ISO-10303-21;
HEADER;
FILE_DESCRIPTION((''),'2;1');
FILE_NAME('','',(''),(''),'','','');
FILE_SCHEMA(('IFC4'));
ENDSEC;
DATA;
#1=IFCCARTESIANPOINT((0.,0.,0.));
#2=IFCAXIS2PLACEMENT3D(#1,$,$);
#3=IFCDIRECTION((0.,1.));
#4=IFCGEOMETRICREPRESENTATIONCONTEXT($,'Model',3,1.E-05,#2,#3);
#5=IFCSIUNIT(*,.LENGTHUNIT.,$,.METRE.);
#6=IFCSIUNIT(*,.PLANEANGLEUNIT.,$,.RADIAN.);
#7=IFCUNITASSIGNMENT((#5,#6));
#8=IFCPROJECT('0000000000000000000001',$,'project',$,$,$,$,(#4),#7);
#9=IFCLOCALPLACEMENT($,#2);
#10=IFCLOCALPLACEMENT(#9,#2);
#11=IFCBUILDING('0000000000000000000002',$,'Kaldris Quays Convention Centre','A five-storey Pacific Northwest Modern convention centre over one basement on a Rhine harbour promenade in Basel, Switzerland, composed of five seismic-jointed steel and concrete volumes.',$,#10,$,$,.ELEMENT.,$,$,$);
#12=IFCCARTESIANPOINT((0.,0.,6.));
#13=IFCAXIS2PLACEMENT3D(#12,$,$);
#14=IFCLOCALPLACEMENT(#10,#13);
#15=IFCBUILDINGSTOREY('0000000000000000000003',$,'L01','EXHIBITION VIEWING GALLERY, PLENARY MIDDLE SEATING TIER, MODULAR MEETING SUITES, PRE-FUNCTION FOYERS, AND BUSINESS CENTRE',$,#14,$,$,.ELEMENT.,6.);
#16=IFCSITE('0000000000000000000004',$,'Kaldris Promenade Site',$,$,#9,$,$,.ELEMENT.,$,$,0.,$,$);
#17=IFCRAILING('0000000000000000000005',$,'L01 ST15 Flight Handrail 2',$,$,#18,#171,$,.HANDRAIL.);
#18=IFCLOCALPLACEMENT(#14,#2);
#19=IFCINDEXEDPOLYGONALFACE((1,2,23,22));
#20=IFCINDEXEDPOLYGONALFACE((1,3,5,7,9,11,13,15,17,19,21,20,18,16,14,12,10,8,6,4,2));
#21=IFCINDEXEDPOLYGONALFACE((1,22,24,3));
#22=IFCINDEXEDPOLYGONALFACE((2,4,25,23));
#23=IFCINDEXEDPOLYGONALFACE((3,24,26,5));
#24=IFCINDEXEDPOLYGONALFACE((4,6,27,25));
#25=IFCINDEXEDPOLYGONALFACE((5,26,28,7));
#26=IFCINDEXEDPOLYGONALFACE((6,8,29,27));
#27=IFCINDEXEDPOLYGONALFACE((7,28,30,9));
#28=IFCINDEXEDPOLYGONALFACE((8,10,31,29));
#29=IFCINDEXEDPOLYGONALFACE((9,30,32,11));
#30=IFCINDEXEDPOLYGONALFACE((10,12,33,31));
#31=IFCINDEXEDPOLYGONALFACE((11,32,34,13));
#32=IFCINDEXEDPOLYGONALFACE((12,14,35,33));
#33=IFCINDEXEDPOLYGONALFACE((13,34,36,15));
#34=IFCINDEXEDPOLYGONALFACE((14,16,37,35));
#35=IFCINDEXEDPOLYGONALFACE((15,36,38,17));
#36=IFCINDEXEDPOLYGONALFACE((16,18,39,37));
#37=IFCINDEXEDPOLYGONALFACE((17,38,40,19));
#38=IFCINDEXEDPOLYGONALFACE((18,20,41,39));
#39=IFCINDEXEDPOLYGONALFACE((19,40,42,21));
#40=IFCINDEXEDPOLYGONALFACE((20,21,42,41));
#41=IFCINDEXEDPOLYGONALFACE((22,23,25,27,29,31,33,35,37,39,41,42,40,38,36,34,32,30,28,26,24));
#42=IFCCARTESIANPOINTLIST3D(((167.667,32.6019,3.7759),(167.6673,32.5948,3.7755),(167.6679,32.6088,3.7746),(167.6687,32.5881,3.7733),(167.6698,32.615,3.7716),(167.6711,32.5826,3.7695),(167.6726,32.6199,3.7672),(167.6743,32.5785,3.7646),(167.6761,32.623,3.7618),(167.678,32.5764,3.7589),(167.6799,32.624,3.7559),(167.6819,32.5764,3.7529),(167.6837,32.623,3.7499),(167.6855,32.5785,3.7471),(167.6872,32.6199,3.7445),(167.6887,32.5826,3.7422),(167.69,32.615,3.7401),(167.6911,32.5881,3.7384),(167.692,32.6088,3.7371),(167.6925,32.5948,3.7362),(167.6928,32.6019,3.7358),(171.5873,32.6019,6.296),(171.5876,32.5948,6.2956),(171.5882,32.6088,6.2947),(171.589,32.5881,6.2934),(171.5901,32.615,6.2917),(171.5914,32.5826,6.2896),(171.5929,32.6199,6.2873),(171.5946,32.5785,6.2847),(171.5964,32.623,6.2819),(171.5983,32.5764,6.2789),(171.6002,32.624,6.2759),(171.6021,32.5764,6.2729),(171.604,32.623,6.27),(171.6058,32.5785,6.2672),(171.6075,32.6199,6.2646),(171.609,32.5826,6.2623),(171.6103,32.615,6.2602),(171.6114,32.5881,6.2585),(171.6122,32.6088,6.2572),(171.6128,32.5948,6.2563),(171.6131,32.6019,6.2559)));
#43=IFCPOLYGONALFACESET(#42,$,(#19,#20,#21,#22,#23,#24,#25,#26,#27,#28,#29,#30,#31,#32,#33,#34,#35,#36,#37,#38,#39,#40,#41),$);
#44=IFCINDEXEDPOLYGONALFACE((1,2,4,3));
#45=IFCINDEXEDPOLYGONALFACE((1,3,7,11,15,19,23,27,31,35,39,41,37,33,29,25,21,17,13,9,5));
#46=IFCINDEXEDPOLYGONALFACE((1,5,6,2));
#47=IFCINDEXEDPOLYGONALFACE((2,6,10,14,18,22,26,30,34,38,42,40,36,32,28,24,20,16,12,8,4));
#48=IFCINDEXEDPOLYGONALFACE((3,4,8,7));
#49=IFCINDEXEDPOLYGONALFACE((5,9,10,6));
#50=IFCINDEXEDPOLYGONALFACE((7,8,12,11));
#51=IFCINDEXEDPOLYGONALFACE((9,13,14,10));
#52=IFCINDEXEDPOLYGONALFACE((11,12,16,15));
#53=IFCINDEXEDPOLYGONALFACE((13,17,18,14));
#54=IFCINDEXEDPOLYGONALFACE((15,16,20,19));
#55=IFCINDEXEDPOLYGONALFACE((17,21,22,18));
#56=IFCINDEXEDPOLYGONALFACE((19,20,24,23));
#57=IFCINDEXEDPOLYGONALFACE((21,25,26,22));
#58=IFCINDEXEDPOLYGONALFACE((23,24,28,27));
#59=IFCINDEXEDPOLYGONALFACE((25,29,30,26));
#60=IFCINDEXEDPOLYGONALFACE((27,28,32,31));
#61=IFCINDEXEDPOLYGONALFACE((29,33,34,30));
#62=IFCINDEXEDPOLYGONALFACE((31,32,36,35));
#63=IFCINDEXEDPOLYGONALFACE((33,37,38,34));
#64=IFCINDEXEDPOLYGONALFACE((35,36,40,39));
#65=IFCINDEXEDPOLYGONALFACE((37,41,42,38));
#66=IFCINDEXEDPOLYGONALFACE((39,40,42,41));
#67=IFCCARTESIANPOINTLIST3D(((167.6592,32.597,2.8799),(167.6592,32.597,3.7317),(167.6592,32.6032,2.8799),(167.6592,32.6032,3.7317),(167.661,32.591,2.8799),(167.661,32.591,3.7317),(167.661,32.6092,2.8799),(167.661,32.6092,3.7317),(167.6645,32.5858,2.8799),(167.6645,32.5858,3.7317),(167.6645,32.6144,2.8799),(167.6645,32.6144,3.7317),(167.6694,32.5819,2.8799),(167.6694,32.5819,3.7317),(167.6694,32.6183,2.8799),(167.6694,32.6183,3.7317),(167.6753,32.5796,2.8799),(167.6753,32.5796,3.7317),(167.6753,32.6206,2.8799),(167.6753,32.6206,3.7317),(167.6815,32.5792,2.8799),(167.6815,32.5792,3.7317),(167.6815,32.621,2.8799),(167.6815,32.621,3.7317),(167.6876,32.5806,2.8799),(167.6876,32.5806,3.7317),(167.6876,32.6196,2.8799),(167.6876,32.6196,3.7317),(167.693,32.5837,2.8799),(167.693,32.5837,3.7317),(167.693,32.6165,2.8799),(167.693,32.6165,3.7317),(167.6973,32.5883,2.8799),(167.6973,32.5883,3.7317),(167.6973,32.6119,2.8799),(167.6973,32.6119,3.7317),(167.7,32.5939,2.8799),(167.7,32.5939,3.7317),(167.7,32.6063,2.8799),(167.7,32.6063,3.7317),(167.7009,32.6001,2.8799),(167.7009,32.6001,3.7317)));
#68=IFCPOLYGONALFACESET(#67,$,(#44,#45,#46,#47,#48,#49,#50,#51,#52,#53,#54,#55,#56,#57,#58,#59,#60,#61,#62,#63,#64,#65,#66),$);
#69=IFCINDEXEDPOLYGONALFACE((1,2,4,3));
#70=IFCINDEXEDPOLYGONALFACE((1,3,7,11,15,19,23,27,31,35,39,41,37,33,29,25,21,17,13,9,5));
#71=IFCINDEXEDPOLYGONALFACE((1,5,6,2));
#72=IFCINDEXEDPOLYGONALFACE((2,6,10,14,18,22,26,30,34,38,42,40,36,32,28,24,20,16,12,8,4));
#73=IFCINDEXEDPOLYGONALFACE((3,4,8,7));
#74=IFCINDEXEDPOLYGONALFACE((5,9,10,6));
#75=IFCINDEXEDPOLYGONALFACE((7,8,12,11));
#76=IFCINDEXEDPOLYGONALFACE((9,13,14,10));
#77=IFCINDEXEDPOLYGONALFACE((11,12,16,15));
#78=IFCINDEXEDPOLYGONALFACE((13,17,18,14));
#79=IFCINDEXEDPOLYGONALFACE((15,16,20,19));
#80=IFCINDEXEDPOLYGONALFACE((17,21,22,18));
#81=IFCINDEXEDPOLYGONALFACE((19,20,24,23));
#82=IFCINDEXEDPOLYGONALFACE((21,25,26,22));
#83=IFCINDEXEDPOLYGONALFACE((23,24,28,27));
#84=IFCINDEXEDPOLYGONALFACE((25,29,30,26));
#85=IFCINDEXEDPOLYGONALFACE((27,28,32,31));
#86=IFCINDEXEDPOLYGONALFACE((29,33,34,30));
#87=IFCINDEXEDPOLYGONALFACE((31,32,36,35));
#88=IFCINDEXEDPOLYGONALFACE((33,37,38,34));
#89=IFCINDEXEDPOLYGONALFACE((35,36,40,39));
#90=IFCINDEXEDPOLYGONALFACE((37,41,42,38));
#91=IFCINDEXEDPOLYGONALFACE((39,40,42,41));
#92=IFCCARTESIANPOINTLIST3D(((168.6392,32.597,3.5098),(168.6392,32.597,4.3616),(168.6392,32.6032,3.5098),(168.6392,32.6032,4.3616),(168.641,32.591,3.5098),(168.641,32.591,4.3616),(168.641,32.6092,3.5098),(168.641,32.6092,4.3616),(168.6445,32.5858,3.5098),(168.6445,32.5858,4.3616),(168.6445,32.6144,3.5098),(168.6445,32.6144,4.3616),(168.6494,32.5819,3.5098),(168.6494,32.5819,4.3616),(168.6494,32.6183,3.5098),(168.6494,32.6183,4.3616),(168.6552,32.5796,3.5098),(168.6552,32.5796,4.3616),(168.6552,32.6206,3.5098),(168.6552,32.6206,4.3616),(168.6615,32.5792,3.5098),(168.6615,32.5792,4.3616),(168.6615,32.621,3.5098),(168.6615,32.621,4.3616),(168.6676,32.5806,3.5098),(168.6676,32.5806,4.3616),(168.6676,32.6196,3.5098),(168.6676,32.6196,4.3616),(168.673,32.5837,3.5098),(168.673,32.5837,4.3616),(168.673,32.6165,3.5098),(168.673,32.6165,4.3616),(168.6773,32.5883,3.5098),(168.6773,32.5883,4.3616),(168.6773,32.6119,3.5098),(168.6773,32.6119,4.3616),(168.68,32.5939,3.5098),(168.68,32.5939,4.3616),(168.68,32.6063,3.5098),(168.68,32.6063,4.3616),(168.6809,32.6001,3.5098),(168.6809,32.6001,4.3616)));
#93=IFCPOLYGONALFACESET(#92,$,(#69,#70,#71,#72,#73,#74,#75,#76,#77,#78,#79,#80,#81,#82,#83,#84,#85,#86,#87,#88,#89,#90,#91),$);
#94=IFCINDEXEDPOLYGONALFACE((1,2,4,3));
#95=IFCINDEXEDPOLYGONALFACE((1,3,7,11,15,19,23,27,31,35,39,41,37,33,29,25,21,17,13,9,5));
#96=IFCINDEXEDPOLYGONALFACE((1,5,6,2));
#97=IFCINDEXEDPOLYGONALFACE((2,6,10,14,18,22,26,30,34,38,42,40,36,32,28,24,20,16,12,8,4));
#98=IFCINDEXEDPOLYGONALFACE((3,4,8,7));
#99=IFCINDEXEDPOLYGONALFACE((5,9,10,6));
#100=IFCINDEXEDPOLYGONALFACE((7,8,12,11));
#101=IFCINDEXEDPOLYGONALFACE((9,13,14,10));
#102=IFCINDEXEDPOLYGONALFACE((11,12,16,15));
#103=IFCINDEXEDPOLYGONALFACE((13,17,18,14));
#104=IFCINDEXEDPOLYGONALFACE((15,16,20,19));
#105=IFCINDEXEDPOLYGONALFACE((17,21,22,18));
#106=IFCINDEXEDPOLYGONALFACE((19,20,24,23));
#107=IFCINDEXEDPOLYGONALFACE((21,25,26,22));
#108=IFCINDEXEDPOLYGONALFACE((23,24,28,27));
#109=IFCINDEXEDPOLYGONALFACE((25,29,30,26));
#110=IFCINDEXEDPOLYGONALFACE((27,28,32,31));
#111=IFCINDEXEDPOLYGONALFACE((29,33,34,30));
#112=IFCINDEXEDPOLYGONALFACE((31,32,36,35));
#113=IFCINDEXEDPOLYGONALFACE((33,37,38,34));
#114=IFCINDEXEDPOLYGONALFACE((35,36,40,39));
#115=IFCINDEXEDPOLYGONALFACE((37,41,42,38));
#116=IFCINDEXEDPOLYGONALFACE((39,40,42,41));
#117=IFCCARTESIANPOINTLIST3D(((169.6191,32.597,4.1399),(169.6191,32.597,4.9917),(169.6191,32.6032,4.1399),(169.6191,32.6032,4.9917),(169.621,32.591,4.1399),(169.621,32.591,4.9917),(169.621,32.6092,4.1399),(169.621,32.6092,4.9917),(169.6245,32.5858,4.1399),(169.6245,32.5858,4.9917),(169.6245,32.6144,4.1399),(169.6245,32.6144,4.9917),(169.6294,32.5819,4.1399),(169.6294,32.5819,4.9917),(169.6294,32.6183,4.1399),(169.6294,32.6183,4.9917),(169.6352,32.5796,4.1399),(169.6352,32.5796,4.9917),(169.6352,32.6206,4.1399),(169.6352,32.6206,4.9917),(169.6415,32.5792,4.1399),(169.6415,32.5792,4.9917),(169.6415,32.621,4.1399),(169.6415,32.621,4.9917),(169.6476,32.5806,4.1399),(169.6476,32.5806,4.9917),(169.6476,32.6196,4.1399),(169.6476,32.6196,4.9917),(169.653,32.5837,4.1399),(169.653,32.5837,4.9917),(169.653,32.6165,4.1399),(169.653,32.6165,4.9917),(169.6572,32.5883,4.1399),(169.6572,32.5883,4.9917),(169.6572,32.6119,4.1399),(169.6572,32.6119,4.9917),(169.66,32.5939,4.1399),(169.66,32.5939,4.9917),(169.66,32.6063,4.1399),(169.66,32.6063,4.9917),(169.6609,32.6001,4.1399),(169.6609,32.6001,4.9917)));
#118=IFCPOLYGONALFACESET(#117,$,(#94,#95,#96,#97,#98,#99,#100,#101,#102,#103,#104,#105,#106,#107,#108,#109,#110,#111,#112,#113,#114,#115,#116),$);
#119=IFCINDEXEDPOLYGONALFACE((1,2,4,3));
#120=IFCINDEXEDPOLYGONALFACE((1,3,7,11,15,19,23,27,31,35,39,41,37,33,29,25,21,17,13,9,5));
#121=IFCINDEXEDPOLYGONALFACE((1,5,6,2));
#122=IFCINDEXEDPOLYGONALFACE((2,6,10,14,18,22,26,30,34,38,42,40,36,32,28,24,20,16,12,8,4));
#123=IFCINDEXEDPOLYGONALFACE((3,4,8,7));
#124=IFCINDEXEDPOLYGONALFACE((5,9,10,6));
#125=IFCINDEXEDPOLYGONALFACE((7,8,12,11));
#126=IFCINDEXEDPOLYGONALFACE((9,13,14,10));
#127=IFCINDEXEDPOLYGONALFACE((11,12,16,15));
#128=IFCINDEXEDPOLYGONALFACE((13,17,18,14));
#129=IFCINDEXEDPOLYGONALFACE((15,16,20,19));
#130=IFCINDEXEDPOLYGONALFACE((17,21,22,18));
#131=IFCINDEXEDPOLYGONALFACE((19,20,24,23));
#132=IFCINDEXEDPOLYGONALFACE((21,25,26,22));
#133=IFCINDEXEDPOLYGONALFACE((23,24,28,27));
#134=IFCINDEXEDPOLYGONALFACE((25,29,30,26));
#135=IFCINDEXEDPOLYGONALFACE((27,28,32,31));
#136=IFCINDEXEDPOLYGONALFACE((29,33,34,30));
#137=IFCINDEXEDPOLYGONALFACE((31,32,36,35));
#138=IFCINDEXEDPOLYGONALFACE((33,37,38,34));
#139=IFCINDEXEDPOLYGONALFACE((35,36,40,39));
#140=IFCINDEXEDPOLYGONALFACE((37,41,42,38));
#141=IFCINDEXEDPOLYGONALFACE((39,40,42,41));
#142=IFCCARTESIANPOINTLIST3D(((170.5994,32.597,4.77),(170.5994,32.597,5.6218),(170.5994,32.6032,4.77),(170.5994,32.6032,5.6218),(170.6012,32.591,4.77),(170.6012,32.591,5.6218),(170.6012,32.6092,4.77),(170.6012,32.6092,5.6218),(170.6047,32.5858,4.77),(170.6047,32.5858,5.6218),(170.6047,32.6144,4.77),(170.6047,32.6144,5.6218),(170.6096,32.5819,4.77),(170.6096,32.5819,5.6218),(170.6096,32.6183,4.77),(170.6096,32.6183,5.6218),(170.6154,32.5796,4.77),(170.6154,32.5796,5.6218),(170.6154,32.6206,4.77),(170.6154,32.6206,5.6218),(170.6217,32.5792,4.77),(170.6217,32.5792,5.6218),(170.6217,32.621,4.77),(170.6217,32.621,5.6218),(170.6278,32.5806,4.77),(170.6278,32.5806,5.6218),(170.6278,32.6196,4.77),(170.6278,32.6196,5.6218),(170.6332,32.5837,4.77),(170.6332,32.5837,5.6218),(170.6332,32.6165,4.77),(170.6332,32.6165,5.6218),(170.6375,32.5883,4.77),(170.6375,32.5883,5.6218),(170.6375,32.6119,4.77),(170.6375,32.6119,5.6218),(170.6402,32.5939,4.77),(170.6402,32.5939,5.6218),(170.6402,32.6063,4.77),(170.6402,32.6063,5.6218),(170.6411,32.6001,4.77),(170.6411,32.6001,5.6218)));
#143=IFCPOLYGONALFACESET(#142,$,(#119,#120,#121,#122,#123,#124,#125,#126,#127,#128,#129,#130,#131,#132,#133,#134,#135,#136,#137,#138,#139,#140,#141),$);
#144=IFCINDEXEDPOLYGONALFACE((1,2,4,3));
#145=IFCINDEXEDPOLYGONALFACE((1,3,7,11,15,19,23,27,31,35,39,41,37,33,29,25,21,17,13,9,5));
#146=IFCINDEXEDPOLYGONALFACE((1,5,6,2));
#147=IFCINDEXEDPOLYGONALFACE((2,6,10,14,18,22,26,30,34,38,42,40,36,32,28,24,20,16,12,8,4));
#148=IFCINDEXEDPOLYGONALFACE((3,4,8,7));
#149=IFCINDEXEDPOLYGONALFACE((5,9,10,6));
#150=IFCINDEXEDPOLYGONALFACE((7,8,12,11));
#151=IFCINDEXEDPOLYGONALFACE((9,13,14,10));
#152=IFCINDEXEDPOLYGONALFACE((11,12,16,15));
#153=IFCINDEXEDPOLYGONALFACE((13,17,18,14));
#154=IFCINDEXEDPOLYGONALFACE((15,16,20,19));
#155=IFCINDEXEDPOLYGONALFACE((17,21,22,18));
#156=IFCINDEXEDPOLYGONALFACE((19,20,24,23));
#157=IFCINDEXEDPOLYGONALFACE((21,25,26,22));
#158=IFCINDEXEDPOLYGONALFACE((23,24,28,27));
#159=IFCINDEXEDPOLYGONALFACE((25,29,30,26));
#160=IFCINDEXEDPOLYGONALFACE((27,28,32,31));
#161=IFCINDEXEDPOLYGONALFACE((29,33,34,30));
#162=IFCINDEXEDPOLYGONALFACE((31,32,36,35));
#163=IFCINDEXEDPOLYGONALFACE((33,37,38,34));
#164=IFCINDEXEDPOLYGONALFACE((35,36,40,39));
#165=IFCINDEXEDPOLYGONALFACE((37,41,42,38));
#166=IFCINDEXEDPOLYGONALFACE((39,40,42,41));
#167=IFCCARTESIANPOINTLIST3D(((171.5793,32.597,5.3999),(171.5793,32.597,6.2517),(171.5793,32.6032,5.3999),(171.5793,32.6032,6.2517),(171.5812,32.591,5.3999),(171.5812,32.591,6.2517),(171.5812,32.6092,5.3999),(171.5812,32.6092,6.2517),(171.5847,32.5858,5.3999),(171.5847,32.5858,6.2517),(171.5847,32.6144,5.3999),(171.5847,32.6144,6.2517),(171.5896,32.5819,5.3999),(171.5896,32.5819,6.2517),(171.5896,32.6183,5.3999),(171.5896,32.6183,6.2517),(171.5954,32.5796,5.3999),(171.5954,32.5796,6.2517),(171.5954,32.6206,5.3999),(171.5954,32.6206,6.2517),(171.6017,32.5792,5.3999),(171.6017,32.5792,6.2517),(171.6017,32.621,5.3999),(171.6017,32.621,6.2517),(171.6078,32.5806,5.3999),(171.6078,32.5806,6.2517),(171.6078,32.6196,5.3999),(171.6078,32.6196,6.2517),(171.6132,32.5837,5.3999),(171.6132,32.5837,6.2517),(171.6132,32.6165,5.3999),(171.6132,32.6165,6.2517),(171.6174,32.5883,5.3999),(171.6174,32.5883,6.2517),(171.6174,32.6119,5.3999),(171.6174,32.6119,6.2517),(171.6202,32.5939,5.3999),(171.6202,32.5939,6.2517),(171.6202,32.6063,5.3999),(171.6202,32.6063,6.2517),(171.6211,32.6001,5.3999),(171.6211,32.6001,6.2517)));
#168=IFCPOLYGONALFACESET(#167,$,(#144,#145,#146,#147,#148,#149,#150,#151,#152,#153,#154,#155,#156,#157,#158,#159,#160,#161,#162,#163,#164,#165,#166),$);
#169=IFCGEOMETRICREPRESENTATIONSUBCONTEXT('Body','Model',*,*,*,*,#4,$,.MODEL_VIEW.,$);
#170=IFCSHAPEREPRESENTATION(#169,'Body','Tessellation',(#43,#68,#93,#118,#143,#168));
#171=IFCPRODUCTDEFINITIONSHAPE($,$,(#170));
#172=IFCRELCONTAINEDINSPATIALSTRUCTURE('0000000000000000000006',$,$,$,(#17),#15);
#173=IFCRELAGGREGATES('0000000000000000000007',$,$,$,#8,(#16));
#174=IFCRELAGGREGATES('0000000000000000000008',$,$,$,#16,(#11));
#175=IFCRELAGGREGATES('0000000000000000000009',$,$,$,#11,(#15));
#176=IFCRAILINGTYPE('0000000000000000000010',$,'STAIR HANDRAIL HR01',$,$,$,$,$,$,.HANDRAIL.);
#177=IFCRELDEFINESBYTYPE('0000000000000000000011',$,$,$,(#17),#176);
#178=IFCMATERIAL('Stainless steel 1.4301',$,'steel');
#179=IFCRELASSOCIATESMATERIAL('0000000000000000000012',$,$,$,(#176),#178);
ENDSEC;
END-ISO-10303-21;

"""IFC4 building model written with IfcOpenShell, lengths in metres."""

from ifc_helpers import new_model, si_unit, direction, frame, origin, origin_2d, place, context, subcontext, project, spatial, circle, extrude, material, type_object, element, save


model = new_model("IFC4")

# Units and contexts
model_context = context("Model", 3, precision=1e-05, world=origin(), true_north=direction((0.0, 1.0)))
body_context = subcontext(model_context, "Body", "Model", "MODEL_VIEW")
ifc_project = project(units=[si_unit("LENGTHUNIT", "METRE"), si_unit("PLANEANGLEUNIT", "RADIAN")], contexts=[model_context])

# Site, building, storey
site_placement = place(None, origin())
site = spatial("IfcSite", under=ifc_project, at=site_placement, Name="Kaldris Promenade Site", CompositionType="ELEMENT", RefElevation=0.0)
building_placement = place(site_placement, origin())
building = spatial("IfcBuilding", under=site, at=building_placement, Name="Kaldris Quays Convention Centre", Description="A five-storey Pacific Northwest Modern convention centre over one basement on a Rhine harbour promenade in Basel, Switzerland, composed of five seismic-jointed steel and concrete volumes.", CompositionType="ELEMENT")
storey_placement = place(building_placement, frame((0.0, 0.0, 6.0)))
storey = spatial("IfcBuildingStorey", under=building, at=storey_placement, Name="L01", Description="EXHIBITION VIEWING GALLERY, PLENARY MIDDLE SEATING TIER, MODULAR MEETING SUITES, PRE-FUNCTION FOYERS, AND BUSINESS CENTRE", CompositionType="ELEMENT", Elevation=6.0)

# Railing
ifc_material_1 = material(Name="Stainless steel 1.4301", Category="steel")
railing_type_1 = type_object("IfcRailingType", Name="STAIR HANDRAIL HR01", PredefinedType="HANDRAIL", material=ifc_material_1)
railing_1_placement = place(storey_placement, frame((167.6799, 32.6001, 2.8799)))
element("IfcRailing", 1, at=railing_1_placement, inside=storey, type_object=railing_type_1, Name="L01 ST15 Flight Handrail 2", PredefinedType="HANDRAIL", context=body_context, shape_type="SweptSolid", body=[
    extrude(circle(Radius=0.0239, at=origin_2d()), frame((0.0, 0.0, 0.876), z_axis=(0.841187, 0.0, 0.540744), x_axis=(0.0, 1.0, 0.0)), (0.0, 0.0, 1.0), 4.6604),
    extrude(circle(Radius=0.021, at=origin_2d()), origin(), (0.0, 0.0, 1.0), 0.8518),
    extrude(circle(Radius=0.021, at=origin_2d()), frame((0.98, 0.0, 0.6299)), (0.0, 0.0, 1.0), 0.8518),
    extrude(circle(Radius=0.021, at=origin_2d()), frame((1.96, 0.0, 1.26)), (0.0, 0.0, 1.0), 0.8518),
    extrude(circle(Radius=0.021, at=origin_2d()), frame((2.9402, 0.0, 1.8901)), (0.0, 0.0, 1.0), 0.8518),
    extrude(circle(Radius=0.021, at=origin_2d()), frame((3.9202, 0.0, 2.52)), (0.0, 0.0, 1.0), 0.8518),
])

save(model, "model.ifc")
